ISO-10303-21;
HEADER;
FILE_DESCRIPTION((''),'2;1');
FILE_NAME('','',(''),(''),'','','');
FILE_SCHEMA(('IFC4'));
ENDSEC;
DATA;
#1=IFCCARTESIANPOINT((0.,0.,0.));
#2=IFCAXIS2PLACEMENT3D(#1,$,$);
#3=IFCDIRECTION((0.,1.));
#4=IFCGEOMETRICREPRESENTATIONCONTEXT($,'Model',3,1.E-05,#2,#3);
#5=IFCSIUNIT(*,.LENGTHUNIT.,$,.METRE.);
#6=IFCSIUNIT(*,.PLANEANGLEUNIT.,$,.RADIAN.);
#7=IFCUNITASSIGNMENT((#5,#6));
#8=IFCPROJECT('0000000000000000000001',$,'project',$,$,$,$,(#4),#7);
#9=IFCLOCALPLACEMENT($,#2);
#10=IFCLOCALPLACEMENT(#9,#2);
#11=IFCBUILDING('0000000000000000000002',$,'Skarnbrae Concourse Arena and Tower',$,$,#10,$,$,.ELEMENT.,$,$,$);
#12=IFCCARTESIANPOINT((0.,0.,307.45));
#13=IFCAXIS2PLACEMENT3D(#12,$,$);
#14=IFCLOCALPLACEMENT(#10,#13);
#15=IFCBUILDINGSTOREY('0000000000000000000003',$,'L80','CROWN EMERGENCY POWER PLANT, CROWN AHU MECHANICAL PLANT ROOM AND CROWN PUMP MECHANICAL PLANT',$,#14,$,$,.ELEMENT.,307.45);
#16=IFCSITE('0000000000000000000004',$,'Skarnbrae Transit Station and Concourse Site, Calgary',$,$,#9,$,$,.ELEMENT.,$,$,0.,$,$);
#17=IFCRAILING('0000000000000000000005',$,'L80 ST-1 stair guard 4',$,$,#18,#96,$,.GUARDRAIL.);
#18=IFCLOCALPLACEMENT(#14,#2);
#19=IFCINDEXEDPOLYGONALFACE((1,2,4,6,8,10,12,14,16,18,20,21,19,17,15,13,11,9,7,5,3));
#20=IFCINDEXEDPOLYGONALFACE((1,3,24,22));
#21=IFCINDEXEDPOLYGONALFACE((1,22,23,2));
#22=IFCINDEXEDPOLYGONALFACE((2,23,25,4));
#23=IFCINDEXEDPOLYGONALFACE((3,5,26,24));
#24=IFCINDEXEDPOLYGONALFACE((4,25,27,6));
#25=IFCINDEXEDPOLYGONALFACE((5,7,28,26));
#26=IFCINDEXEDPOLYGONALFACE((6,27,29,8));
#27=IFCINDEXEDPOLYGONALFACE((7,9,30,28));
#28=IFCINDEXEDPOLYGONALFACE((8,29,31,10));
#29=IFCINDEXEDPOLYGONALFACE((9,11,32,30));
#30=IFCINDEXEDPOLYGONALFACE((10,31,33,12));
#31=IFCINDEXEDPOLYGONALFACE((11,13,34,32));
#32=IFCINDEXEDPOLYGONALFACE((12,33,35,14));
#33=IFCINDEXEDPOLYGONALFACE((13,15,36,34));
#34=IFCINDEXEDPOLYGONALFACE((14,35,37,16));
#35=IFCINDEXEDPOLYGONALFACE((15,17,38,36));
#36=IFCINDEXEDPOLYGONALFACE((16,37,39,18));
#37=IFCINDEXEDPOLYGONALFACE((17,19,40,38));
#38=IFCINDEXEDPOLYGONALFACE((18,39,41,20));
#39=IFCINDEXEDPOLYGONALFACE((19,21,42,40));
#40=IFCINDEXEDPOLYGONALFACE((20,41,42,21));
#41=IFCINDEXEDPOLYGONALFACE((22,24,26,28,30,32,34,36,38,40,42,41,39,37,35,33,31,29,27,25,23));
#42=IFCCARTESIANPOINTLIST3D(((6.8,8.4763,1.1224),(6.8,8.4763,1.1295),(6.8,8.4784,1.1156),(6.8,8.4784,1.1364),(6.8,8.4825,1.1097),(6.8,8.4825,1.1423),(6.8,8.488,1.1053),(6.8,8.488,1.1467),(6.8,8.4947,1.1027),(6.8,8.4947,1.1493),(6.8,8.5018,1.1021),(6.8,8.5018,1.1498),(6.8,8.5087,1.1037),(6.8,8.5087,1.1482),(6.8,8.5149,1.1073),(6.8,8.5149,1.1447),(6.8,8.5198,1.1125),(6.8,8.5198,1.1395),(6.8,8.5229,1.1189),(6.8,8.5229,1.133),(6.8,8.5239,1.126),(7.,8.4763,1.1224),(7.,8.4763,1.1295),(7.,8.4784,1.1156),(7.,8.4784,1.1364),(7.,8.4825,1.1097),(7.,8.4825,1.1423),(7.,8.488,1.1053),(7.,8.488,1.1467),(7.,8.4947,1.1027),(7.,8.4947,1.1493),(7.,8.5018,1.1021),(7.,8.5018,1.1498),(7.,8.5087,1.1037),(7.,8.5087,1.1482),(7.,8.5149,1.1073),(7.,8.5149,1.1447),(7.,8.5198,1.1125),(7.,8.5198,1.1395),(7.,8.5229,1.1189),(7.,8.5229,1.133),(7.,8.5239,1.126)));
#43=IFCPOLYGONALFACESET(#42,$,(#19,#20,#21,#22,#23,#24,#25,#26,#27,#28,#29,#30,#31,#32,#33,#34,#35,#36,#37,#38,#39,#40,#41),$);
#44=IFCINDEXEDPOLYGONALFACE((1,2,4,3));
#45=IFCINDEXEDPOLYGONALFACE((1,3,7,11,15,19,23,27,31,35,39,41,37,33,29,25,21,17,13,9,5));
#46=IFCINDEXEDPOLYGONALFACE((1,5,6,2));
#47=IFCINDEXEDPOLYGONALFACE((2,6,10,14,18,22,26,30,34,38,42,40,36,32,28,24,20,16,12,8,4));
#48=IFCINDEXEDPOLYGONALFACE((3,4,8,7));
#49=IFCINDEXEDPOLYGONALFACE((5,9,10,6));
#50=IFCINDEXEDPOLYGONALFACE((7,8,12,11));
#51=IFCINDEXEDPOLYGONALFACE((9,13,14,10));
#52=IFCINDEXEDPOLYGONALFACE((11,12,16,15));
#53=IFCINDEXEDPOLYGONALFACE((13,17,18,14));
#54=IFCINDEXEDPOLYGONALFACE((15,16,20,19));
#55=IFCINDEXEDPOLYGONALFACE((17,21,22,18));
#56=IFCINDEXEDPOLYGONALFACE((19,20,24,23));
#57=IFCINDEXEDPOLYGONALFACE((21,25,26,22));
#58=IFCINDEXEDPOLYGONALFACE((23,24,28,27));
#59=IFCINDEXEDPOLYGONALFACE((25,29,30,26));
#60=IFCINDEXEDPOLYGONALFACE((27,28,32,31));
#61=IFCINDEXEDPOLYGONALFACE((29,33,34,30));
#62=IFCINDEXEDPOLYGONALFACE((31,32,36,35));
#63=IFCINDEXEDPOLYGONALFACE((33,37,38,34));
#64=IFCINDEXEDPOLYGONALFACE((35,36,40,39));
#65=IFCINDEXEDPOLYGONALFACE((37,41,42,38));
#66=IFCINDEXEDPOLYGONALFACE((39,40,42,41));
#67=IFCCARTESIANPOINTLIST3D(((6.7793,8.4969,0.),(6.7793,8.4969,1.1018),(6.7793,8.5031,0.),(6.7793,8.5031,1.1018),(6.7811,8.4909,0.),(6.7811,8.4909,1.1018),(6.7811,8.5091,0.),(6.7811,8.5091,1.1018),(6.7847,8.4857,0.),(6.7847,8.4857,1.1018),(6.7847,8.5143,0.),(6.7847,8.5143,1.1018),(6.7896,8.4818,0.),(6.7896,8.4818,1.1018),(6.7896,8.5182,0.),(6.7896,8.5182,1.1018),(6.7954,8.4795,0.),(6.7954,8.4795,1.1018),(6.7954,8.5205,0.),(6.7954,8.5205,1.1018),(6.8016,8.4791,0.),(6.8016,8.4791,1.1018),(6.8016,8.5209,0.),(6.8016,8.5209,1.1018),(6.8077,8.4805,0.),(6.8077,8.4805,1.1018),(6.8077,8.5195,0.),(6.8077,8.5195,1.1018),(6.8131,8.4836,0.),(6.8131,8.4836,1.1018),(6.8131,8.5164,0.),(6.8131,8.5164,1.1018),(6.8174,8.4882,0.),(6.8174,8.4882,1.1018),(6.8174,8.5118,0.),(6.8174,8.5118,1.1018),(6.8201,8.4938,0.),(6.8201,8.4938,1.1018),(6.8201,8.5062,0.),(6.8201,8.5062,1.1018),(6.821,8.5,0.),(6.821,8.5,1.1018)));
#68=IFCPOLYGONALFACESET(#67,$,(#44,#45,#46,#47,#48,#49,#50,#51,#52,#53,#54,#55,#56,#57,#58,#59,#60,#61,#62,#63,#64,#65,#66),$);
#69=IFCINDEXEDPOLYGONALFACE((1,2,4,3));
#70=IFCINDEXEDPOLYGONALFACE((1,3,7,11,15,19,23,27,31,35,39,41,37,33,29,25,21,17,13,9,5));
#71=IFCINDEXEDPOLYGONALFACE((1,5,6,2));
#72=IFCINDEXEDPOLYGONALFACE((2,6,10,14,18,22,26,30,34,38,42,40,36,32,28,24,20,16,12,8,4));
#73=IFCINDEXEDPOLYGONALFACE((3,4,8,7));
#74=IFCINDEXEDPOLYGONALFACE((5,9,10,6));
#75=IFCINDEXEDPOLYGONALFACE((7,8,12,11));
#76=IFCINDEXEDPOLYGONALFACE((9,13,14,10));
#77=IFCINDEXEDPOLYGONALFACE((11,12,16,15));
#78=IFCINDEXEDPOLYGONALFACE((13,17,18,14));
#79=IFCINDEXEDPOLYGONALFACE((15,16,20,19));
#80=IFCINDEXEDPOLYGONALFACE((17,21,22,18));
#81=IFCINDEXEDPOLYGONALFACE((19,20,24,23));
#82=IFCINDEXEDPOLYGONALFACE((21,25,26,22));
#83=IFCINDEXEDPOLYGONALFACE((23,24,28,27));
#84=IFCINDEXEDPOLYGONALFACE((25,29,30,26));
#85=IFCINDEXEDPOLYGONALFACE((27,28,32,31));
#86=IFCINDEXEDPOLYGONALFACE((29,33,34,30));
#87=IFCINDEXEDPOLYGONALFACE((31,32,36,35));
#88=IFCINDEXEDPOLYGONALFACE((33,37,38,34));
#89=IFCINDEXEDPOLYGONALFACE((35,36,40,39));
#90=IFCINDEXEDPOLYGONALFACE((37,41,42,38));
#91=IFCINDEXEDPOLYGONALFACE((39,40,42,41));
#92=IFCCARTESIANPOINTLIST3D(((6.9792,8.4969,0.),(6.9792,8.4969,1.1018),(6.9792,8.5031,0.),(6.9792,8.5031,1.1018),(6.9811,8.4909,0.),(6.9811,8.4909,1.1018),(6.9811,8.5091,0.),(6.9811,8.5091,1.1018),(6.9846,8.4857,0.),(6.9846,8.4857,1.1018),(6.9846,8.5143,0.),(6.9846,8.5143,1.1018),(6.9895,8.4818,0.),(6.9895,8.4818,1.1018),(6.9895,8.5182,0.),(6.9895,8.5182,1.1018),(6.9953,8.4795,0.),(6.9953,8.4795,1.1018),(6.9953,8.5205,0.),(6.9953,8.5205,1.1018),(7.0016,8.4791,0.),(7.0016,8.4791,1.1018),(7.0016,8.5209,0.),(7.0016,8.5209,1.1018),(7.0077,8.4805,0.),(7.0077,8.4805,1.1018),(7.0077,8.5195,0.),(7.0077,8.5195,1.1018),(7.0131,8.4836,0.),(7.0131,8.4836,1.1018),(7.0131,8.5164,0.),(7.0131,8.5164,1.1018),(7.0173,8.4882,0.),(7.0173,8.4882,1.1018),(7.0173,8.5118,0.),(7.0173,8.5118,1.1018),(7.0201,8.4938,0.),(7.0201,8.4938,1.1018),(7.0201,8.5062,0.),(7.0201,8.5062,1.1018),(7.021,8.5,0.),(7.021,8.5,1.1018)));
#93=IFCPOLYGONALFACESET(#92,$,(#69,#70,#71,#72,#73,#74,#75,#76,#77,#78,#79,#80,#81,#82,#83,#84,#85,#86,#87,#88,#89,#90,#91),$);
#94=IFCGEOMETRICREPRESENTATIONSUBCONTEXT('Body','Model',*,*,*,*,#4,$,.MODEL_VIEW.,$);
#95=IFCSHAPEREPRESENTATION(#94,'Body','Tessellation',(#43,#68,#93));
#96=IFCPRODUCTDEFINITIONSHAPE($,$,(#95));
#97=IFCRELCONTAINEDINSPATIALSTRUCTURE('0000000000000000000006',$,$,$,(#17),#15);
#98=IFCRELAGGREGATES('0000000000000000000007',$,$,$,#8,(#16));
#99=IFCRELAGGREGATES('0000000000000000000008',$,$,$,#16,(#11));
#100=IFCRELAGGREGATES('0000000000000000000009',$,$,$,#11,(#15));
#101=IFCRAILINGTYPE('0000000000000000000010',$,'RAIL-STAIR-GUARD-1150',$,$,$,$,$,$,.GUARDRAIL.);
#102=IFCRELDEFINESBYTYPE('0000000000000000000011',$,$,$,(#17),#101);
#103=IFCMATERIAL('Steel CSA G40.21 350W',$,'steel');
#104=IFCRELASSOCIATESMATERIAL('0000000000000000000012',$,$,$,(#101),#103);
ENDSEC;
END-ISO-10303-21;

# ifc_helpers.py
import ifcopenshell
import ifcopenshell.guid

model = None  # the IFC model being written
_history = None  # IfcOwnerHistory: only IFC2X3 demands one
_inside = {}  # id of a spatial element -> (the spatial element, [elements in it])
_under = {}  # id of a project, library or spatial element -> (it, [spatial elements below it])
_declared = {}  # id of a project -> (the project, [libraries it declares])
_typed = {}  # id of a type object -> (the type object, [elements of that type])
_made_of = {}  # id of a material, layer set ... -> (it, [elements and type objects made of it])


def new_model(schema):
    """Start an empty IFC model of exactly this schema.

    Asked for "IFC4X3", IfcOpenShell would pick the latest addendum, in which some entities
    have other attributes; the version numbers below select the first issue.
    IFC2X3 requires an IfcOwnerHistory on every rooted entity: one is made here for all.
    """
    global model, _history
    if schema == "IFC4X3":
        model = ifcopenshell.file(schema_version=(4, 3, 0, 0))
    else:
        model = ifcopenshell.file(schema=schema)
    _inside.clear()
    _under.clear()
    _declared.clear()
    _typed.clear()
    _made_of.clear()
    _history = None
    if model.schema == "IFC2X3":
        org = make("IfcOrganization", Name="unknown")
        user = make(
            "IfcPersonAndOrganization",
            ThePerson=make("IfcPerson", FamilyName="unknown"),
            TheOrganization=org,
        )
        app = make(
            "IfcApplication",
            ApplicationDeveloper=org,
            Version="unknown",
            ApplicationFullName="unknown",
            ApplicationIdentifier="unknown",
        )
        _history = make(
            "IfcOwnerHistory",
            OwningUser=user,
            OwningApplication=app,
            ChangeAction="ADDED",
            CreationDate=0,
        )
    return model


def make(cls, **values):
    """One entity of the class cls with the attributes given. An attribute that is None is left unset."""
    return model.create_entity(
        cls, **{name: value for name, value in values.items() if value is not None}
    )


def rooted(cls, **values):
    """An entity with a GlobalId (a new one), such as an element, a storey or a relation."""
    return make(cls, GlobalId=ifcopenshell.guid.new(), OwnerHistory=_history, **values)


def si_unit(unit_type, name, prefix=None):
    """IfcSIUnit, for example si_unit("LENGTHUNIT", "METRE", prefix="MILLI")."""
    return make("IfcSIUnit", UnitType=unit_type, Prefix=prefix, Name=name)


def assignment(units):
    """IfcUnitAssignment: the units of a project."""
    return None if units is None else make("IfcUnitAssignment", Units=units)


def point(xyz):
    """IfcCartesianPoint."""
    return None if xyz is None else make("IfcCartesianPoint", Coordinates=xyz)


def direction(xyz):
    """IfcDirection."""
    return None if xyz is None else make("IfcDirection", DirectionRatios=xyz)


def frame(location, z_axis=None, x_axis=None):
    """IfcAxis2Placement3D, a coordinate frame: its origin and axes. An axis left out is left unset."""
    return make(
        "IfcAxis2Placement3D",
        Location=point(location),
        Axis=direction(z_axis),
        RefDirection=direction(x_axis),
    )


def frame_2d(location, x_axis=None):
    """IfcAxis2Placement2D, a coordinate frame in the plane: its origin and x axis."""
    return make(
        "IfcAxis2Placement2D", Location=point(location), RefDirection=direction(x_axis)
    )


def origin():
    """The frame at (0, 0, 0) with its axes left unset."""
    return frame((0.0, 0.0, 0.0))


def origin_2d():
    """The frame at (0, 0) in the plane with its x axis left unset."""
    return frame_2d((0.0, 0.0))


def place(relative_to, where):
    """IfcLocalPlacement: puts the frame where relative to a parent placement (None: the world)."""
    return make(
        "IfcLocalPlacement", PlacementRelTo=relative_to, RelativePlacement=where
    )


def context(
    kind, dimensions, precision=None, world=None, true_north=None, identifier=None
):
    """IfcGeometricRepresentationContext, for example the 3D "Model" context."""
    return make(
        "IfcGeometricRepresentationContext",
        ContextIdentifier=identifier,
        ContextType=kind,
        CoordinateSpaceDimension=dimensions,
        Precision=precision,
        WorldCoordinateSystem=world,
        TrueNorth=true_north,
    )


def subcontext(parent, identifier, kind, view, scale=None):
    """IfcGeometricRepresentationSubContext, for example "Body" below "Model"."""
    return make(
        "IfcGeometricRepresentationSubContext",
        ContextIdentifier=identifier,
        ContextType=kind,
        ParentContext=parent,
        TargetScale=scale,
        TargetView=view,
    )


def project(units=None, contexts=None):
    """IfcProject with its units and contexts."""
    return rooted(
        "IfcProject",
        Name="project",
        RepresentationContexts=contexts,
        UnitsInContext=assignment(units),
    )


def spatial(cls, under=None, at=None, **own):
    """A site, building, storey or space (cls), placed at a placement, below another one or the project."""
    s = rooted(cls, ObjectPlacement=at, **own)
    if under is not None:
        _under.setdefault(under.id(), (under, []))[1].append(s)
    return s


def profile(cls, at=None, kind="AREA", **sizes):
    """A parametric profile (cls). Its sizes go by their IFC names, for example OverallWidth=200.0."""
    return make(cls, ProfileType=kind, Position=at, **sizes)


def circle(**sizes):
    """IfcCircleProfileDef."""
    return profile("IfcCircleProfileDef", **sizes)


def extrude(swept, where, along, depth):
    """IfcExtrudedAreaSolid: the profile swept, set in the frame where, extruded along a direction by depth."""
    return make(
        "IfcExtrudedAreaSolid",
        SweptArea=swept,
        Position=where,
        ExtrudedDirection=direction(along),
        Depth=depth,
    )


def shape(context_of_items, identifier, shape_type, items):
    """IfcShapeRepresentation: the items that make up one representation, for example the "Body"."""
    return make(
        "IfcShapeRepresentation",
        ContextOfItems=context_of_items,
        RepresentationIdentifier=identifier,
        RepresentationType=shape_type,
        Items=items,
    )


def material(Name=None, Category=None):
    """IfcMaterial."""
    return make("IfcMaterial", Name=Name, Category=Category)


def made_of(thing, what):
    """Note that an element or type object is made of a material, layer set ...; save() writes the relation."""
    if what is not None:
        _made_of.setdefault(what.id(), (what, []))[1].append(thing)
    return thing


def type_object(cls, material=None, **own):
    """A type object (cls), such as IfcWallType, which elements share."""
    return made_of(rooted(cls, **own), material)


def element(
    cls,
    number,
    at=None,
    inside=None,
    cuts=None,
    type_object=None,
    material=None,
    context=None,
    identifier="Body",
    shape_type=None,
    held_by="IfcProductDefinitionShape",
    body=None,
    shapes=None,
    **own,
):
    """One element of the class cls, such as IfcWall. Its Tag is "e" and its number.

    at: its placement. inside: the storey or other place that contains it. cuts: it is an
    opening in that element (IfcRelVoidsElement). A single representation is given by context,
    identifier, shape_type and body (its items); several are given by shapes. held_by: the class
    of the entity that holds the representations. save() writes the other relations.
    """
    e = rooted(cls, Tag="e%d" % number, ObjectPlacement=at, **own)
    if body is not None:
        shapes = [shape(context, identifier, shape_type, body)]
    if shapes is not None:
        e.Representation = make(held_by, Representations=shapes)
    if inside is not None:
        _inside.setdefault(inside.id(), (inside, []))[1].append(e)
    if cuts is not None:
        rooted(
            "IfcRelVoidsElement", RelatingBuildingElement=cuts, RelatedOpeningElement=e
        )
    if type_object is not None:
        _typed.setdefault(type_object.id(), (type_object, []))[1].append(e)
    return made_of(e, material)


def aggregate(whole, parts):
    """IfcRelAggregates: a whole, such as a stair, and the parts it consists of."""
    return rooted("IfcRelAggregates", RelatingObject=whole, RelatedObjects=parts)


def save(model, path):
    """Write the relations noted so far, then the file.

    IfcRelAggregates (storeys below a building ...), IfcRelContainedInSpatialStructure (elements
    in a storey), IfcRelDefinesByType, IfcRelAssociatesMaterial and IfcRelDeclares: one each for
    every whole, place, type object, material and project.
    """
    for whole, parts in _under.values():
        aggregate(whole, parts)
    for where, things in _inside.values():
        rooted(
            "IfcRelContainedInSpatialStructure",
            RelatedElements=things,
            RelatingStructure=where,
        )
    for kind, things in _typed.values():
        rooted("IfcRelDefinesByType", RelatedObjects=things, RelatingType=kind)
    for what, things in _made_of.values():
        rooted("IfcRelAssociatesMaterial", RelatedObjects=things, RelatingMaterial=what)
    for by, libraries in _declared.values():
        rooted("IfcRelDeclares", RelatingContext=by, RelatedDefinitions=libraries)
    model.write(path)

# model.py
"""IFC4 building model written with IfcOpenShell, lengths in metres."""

from ifc_helpers import new_model, si_unit, direction, frame, origin, origin_2d, place, context, subcontext, project, spatial, circle, extrude, material, type_object, element, save


model = new_model("IFC4")

# Units and contexts
model_context = context("Model", 3, precision=1e-05, world=origin(), true_north=direction((0.0, 1.0)))
body_context = subcontext(model_context, "Body", "Model", "MODEL_VIEW")
ifc_project = project(units=[si_unit("LENGTHUNIT", "METRE"), si_unit("PLANEANGLEUNIT", "RADIAN")], contexts=[model_context])

# Site, building, storey
site_placement = place(None, origin())
site = spatial("IfcSite", under=ifc_project, at=site_placement, Name="Skarnbrae Transit Station and Concourse Site, Calgary", CompositionType="ELEMENT", RefElevation=0.0)
building_placement = place(site_placement, origin())
building = spatial("IfcBuilding", under=site, at=building_placement, Name="Skarnbrae Concourse Arena and Tower", CompositionType="ELEMENT")
storey_placement = place(building_placement, frame((0.0, 0.0, 307.45)))
storey = spatial("IfcBuildingStorey", under=building, at=storey_placement, Name="L80", Description="CROWN EMERGENCY POWER PLANT, CROWN AHU MECHANICAL PLANT ROOM AND CROWN PUMP MECHANICAL PLANT", CompositionType="ELEMENT", Elevation=307.45)

# Shared definitions
ifc_material_1 = material(Name="Steel CSA G40.21 350W", Category="steel")

# Railing
railing_type_1 = type_object("IfcRailingType", Name="RAIL-STAIR-GUARD-1150", PredefinedType="GUARDRAIL", material=ifc_material_1)
railing_1_placement = place(storey_placement, frame((6.8, 8.5, 0.0)))
element("IfcRailing", 1, at=railing_1_placement, inside=storey, type_object=railing_type_1, Name="L80 ST-1 stair guard 4", PredefinedType="GUARDRAIL", context=body_context, shape_type="SweptSolid", body=[
    extrude(circle(Radius=0.0239, at=origin_2d()), frame((0.0, 0.0, 1.126), z_axis=(1.0, 0.0, 0.0), x_axis=(0.0, 1.0, 0.0)), (0.0, 0.0, 1.0), 0.2),
    extrude(circle(Radius=0.021, at=origin_2d()), origin(), (0.0, 0.0, 1.0), 1.1018),
    extrude(circle(Radius=0.021, at=origin_2d()), frame((0.2, 0.0, 0.0)), (0.0, 0.0, 1.0), 1.1018),
])

save(model, "model.ifc")
